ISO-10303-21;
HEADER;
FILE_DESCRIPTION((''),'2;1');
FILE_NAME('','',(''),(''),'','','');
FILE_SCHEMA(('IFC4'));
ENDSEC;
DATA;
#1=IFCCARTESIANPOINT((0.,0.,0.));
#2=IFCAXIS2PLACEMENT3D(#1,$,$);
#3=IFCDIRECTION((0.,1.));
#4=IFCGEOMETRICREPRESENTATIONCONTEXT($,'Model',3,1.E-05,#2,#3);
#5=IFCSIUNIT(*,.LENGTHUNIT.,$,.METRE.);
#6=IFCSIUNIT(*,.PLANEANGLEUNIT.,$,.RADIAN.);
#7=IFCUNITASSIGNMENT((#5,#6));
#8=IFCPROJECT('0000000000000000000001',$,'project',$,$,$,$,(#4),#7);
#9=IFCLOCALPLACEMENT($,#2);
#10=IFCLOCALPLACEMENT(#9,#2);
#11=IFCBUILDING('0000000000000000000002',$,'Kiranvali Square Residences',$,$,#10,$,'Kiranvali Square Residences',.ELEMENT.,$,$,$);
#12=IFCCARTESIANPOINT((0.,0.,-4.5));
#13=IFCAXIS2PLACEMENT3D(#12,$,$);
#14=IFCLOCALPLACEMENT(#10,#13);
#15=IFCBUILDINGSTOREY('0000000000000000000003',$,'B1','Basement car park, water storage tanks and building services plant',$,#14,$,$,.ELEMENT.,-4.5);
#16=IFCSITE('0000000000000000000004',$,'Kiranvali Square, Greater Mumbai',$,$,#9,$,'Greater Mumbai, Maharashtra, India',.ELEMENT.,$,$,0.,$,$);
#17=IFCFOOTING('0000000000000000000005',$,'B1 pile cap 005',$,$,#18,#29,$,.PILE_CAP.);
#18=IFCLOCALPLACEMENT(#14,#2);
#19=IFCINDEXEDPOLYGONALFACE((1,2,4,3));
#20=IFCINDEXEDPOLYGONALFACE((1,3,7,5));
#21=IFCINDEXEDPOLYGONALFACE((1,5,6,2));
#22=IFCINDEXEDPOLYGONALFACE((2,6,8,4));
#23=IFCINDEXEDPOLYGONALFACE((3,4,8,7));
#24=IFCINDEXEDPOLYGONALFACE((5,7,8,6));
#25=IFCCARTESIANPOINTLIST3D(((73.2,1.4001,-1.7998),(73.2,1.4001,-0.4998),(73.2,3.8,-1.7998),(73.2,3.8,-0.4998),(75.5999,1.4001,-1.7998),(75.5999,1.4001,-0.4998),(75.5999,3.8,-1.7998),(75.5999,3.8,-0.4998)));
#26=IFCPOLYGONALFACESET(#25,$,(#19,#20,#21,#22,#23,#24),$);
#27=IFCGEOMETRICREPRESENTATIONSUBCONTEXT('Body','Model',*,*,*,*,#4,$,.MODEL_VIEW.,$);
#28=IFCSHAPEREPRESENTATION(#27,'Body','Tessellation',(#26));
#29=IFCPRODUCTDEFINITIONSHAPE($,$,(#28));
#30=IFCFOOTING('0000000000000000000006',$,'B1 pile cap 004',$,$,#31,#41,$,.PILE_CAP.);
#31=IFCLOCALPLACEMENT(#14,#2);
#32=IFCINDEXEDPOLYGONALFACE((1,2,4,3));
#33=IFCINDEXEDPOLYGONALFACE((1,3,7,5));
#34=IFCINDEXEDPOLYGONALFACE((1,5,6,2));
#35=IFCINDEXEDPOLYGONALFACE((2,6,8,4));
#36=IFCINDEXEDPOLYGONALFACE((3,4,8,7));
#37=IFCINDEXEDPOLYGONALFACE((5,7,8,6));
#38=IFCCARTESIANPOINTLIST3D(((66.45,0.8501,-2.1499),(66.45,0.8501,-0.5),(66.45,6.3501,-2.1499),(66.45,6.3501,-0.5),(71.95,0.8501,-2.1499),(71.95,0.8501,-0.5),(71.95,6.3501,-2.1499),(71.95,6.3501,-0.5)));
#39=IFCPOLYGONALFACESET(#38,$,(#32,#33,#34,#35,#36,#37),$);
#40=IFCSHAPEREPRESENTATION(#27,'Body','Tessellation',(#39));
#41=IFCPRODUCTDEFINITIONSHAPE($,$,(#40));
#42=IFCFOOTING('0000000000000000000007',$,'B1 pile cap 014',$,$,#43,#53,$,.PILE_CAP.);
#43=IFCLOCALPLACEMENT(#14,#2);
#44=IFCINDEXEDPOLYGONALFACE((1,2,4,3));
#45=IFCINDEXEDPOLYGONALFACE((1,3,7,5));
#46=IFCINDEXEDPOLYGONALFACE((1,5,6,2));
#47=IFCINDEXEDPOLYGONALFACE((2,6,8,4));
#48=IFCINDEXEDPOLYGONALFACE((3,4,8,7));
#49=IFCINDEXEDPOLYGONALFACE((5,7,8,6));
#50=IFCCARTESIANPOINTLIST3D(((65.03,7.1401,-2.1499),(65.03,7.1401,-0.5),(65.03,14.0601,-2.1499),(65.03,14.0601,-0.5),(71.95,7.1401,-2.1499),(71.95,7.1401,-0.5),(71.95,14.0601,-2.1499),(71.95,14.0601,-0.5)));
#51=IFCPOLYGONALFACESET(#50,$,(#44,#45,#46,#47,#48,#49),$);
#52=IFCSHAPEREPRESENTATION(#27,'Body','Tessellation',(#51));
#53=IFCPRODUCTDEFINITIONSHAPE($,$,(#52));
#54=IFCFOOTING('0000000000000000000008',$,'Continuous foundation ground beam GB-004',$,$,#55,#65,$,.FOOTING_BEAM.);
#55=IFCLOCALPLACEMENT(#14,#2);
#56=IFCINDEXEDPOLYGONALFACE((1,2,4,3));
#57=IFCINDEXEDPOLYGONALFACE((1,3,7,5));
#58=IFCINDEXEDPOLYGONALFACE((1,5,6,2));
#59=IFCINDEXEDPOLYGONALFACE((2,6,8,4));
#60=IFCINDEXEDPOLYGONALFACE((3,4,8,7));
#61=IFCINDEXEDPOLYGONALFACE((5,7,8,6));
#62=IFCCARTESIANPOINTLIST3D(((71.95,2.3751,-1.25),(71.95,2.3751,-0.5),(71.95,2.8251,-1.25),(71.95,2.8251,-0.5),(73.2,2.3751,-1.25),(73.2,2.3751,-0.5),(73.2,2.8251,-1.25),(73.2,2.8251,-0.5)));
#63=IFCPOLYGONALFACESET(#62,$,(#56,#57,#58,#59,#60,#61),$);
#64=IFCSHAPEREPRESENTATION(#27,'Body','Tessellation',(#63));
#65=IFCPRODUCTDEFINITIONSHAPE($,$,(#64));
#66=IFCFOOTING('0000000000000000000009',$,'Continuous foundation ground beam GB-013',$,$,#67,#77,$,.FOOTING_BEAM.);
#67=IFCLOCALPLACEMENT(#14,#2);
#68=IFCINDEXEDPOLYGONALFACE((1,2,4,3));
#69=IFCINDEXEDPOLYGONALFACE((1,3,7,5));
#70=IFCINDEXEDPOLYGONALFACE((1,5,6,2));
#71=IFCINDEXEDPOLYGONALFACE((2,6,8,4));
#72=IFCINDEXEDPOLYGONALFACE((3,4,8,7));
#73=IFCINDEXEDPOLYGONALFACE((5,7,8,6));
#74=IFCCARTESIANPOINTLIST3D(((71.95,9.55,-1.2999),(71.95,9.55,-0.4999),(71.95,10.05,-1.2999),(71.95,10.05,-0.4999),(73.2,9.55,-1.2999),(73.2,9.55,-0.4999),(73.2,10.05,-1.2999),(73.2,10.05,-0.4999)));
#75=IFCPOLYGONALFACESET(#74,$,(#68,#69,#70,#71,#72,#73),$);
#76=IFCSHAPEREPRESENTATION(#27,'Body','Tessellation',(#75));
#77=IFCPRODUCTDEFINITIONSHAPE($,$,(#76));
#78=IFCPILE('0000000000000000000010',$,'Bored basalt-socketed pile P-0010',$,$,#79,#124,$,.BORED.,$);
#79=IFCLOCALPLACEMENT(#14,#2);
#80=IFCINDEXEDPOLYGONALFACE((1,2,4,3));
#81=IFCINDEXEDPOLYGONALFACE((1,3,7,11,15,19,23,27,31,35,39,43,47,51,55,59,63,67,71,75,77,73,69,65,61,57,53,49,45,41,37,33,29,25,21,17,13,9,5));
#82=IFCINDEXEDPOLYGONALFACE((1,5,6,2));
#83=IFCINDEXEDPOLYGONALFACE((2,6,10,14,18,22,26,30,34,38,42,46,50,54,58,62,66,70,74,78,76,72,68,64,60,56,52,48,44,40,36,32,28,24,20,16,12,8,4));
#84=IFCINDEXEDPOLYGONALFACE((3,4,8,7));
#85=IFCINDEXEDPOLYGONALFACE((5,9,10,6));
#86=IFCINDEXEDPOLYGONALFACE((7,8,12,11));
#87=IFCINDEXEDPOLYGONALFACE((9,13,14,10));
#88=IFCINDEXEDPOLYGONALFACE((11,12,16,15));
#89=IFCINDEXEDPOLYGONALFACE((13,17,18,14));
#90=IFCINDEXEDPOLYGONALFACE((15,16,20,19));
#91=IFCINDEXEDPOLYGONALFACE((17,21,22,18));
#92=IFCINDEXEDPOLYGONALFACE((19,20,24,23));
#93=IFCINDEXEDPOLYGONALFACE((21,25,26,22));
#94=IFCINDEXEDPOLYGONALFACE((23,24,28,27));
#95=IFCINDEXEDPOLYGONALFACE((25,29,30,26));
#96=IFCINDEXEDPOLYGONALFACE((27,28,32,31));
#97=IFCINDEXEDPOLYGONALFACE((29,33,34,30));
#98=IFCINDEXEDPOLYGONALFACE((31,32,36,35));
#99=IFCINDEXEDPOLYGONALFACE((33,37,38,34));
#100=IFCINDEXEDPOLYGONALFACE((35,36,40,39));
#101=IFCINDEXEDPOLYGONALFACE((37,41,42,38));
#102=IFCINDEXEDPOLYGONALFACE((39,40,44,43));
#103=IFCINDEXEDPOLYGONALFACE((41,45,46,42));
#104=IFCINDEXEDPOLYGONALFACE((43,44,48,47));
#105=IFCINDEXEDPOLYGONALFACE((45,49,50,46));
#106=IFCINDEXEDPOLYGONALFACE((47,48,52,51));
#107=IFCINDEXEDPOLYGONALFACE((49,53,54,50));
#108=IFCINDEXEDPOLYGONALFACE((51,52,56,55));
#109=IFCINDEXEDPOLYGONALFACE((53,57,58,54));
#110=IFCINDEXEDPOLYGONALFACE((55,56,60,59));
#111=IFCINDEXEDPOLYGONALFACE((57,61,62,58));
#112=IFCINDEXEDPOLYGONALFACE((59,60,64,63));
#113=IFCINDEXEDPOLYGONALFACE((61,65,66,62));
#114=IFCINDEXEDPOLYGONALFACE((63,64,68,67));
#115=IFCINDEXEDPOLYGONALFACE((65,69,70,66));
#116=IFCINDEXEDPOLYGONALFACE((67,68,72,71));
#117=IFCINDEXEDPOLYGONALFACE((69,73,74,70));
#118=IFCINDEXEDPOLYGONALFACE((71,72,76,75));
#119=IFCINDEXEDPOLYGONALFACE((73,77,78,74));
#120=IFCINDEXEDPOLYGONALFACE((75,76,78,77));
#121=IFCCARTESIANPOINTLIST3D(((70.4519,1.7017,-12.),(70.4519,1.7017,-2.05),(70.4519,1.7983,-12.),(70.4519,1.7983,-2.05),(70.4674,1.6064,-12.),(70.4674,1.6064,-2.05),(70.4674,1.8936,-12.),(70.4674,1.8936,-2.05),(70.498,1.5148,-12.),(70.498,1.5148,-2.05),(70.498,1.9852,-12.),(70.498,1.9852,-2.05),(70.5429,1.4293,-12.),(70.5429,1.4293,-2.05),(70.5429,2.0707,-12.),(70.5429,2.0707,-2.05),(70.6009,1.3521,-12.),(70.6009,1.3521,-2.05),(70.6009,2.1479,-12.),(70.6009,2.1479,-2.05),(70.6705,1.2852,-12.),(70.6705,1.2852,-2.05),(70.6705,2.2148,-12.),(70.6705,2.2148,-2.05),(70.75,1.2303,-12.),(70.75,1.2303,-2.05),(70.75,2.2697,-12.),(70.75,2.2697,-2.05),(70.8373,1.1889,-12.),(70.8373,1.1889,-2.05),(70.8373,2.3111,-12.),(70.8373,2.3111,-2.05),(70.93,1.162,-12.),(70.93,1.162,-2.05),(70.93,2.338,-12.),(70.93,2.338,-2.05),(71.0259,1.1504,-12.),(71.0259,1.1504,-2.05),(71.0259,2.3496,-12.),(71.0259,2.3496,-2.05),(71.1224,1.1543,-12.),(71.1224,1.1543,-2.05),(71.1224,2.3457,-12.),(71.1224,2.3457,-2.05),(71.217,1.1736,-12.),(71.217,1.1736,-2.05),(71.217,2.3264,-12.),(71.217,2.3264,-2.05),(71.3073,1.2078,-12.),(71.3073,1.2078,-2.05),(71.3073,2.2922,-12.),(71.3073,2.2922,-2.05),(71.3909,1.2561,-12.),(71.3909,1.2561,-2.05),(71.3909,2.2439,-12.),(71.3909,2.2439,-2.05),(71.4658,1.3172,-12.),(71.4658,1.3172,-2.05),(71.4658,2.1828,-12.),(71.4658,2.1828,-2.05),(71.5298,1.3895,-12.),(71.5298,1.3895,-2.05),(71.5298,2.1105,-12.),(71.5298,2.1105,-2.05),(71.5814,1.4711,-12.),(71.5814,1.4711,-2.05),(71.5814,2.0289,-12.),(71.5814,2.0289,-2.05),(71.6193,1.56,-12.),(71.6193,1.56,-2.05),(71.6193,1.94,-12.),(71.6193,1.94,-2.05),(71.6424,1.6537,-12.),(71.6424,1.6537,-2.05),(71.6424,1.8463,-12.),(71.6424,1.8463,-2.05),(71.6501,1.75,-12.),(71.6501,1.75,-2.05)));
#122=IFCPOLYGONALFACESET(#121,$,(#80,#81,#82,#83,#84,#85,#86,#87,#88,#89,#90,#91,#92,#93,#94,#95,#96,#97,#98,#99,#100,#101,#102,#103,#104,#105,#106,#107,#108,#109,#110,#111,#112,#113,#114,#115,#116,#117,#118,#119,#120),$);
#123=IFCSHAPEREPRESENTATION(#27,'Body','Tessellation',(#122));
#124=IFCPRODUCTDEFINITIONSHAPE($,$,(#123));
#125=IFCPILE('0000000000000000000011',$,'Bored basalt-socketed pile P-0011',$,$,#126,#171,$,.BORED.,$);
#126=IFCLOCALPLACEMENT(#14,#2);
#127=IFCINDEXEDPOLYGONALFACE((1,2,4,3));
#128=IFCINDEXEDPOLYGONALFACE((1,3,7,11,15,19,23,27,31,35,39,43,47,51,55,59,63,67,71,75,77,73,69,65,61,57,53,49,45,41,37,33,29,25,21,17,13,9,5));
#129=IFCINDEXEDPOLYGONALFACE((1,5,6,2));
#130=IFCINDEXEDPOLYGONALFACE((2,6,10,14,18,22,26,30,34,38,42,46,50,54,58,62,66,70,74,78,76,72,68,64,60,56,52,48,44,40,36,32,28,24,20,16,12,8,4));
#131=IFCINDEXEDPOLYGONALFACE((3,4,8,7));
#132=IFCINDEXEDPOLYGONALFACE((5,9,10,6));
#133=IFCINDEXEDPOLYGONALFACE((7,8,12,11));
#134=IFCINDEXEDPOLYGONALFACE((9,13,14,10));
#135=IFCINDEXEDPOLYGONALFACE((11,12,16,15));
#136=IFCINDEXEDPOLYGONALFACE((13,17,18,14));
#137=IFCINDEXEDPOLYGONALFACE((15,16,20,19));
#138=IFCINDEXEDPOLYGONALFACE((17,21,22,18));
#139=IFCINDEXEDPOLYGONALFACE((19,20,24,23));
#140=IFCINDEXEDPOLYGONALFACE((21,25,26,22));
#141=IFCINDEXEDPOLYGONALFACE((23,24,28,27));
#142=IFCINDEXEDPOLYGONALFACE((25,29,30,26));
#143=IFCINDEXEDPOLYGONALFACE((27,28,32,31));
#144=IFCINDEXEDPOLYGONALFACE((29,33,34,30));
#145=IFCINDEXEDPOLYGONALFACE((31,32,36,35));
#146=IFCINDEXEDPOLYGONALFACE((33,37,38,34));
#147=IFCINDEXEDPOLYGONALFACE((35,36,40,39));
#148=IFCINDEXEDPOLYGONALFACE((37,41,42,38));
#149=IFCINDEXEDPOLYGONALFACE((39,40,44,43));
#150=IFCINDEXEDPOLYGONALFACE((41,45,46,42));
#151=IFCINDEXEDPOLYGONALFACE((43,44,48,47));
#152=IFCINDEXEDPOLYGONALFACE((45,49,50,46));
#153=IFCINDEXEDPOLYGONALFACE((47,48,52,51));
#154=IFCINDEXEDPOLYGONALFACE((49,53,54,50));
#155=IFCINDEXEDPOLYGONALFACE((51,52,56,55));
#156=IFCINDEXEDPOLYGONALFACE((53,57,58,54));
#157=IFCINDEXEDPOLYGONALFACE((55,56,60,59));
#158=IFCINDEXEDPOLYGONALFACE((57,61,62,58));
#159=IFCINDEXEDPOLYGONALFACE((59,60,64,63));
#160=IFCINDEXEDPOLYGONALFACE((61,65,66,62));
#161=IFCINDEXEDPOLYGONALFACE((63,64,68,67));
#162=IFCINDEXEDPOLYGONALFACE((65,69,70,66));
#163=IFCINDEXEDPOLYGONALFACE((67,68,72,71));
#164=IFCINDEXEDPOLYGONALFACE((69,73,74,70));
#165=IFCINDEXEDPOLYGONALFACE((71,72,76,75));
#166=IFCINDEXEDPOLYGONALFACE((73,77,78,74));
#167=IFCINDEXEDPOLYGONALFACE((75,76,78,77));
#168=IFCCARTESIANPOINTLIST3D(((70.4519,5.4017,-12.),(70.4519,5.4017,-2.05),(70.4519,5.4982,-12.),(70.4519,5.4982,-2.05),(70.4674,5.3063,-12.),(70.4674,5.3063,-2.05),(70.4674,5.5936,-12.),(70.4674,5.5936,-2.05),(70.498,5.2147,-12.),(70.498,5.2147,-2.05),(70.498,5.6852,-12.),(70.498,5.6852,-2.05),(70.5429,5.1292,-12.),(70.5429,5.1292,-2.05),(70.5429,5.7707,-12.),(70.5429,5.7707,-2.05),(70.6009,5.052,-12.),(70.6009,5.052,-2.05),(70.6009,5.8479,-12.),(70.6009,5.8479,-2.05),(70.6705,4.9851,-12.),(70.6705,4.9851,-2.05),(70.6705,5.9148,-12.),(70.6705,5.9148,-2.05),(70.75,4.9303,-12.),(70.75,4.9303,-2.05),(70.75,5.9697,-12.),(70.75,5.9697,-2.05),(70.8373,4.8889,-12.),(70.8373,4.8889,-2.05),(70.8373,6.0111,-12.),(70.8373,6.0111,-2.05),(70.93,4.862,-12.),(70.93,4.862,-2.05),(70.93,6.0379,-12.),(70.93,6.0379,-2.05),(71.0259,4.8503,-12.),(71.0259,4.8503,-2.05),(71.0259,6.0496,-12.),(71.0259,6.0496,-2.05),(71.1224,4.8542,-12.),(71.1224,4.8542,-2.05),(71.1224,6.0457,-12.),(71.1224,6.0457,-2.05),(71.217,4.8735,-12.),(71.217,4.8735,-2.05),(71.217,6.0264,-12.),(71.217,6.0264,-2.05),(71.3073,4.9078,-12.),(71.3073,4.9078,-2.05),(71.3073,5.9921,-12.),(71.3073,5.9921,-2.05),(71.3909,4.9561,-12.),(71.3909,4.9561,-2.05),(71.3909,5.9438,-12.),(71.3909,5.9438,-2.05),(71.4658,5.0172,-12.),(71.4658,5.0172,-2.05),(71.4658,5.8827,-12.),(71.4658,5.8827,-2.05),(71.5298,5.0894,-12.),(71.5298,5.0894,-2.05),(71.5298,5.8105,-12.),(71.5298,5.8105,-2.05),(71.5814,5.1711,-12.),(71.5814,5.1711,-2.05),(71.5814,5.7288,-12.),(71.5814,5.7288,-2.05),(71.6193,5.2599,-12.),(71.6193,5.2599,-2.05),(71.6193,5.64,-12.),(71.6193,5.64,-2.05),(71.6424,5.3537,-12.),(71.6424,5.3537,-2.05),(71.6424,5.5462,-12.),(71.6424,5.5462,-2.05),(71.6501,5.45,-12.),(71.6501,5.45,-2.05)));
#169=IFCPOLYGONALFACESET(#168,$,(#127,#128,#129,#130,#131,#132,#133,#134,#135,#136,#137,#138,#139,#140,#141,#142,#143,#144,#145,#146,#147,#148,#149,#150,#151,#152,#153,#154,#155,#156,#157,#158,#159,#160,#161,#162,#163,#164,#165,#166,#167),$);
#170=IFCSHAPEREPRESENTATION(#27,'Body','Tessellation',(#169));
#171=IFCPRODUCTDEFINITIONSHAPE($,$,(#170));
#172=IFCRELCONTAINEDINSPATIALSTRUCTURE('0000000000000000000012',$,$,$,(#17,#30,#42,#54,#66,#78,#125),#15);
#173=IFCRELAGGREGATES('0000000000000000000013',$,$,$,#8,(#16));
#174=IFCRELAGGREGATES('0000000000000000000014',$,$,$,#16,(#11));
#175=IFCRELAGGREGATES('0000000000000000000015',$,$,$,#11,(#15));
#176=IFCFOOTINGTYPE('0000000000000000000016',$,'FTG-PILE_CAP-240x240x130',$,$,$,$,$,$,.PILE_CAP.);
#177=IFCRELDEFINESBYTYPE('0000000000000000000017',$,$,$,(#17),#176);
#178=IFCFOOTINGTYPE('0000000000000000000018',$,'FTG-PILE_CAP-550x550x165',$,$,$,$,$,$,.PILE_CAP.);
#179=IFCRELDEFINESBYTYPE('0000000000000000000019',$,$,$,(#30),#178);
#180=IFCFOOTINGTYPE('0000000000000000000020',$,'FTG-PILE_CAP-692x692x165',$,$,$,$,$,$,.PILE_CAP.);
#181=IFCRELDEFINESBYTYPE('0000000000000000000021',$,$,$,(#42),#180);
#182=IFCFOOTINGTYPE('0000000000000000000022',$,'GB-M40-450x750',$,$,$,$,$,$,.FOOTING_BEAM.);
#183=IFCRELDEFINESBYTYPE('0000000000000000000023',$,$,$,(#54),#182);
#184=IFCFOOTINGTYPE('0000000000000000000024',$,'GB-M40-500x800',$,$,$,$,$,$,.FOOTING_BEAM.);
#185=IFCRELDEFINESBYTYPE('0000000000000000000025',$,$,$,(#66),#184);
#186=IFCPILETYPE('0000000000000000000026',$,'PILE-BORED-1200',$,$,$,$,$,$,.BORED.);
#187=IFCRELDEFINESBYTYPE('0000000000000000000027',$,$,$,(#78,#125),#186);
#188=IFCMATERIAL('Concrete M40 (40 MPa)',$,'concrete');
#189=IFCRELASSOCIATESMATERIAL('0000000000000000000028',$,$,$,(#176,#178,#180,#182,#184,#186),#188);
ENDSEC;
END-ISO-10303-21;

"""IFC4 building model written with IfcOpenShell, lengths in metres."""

from ifc_helpers import new_model, si_unit, direction, frame, origin, origin_2d, place, context, subcontext, project, spatial, rectangle, circle, extrude, material, material_profile, profile_set, type_object, element, save


model = new_model("IFC4")

# Units and contexts
model_context = context("Model", 3, precision=1e-05, world=origin(), true_north=direction((0.0, 1.0)))
body_context = subcontext(model_context, "Body", "Model", "MODEL_VIEW")
ifc_project = project(units=[si_unit("LENGTHUNIT", "METRE"), si_unit("PLANEANGLEUNIT", "RADIAN")], contexts=[model_context])

# Site, building, storey
site_placement = place(None, origin())
site = spatial("IfcSite", under=ifc_project, at=site_placement, Name="Kiranvali Square, Greater Mumbai", LongName="Greater Mumbai, Maharashtra, India", CompositionType="ELEMENT", RefElevation=0.0)
building_placement = place(site_placement, origin())
building = spatial("IfcBuilding", under=site, at=building_placement, Name="Kiranvali Square Residences", LongName="Kiranvali Square Residences", CompositionType="ELEMENT")
storey_placement = place(building_placement, frame((0.0, 0.0, -4.5)))
storey = spatial("IfcBuildingStorey", under=building, at=storey_placement, Name="B1", Description="Basement car park, water storage tanks and building services plant", CompositionType="ELEMENT", Elevation=-4.5)

# Footings
ifc_material_1 = material(Name="Concrete M40 (40 MPa)", Category="concrete")
footing_type_1 = type_object("IfcFootingType", Name="FTG-PILE_CAP-240x240x130", PredefinedType="PILE_CAP", material=ifc_material_1)
footing_1_placement = place(storey_placement, frame((74.3999, 2.6001, -1.7998), z_axis=(0.0, 0.0, 1.0), x_axis=(1.0, 0.0, 0.0)))
element("IfcFooting", 1, at=footing_1_placement, inside=storey, type_object=footing_type_1, Name="B1 pile cap 005", PredefinedType="PILE_CAP", context=body_context, shape_type="SweptSolid", body=[
    extrude(rectangle(XDim=2.3999, YDim=2.3999, at=origin_2d()), origin(), (0.0, 0.0, 1.0), 1.3),
])
footing_type_2 = type_object("IfcFootingType", Name="FTG-PILE_CAP-550x550x165", PredefinedType="PILE_CAP", material=ifc_material_1)
footing_2_placement = place(storey_placement, frame((69.2, 3.6001, -2.1499), z_axis=(0.0, 0.0, 1.0), x_axis=(1.0, 0.0, 0.0)))
element("IfcFooting", 2, at=footing_2_placement, inside=storey, type_object=footing_type_2, Name="B1 pile cap 004", PredefinedType="PILE_CAP", context=body_context, shape_type="SweptSolid", body=[
    extrude(rectangle(XDim=5.5, YDim=5.5, at=origin_2d()), origin(), (0.0, 0.0, 1.0), 1.6499),
])
footing_type_3 = type_object("IfcFootingType", Name="FTG-PILE_CAP-692x692x165", PredefinedType="PILE_CAP", material=ifc_material_1)
footing_3_placement = place(storey_placement, frame((68.49, 10.6001, -2.1499), z_axis=(0.0, 0.0, 1.0), x_axis=(1.0, 0.0, 0.0)))
element("IfcFooting", 3, at=footing_3_placement, inside=storey, type_object=footing_type_3, Name="B1 pile cap 014", PredefinedType="PILE_CAP", context=body_context, shape_type="SweptSolid", body=[
    extrude(rectangle(XDim=6.9199, YDim=6.9199, at=origin_2d()), origin(), (0.0, 0.0, 1.0), 1.6499),
])
ifc_material_profile_1 = material_profile(ifc_material_1, rectangle(XDim=0.45, YDim=0.75, at=origin_2d()), Name="GB 450x750")
ifc_profile_set_1 = profile_set([ifc_material_profile_1], Name="Concrete M40 (40 MPa)")
footing_type_4 = type_object("IfcFootingType", Name="GB-M40-450x750", PredefinedType="FOOTING_BEAM", material=ifc_profile_set_1)
footing_4_placement = place(storey_placement, frame((71.95, 2.6001, -0.875), z_axis=(1.0, 0.0, 0.0), x_axis=(0.0, 1.0, 0.0)))
element("IfcFooting", 4, at=footing_4_placement, inside=storey, type_object=footing_type_4, Name="Continuous foundation ground beam GB-004", PredefinedType="FOOTING_BEAM", context=body_context, shape_type="SweptSolid", body=[
    extrude(rectangle(XDim=0.45, YDim=0.75, at=origin_2d()), origin(), (0.0, 0.0, 1.0), 1.25),
])
ifc_material_profile_2 = material_profile(ifc_material_1, rectangle(XDim=0.5, YDim=0.8, at=origin_2d()), Name="GB 500x800")
ifc_profile_set_2 = profile_set([ifc_material_profile_2], Name="Concrete M40 (40 MPa)")
footing_type_5 = type_object("IfcFootingType", Name="GB-M40-500x800", PredefinedType="FOOTING_BEAM", material=ifc_profile_set_2)
footing_5_placement = place(storey_placement, frame((71.95, 9.8, -0.8999), z_axis=(1.0, 0.0, 0.0), x_axis=(0.0, 1.0, 0.0)))
element("IfcFooting", 5, at=footing_5_placement, inside=storey, type_object=footing_type_5, Name="Continuous foundation ground beam GB-013", PredefinedType="FOOTING_BEAM", context=body_context, shape_type="SweptSolid", body=[
    extrude(rectangle(XDim=0.5, YDim=0.8, at=origin_2d()), origin(), (0.0, 0.0, 1.0), 1.25),
])

# Piles
ifc_material_profile_3 = material_profile(ifc_material_1, circle(Radius=0.6001, at=origin_2d()), Name="BORED PILE 1200")
ifc_profile_set_3 = profile_set([ifc_material_profile_3], Name="Concrete M40 (40 MPa)")
pile_type_1 = type_object("IfcPileType", Name="PILE-BORED-1200", PredefinedType="BORED", material=ifc_profile_set_3)
for number, where, z_axis, x_axis, name in (
    (6, (71.05, 1.75, -2.05), (0.0, 0.0, -1.0), (1.0, 0.0, 0.0), "Bored basalt-socketed pile P-0010"),
    (7, (71.05, 5.45, -2.05), (0.0, 0.0, -1.0), (1.0, 0.0, 0.0), "Bored basalt-socketed pile P-0011"),
):
    element("IfcPile", number, at=place(storey_placement, frame(where, z_axis=z_axis, x_axis=x_axis)), inside=storey, type_object=pile_type_1, Name=name, PredefinedType="BORED", context=body_context, shape_type="SweptSolid", body=[
        extrude(circle(Radius=0.6001, at=origin_2d()), origin(), (0.0, 0.0, 1.0), 9.95),
    ])

save(model, "model.ifc")
